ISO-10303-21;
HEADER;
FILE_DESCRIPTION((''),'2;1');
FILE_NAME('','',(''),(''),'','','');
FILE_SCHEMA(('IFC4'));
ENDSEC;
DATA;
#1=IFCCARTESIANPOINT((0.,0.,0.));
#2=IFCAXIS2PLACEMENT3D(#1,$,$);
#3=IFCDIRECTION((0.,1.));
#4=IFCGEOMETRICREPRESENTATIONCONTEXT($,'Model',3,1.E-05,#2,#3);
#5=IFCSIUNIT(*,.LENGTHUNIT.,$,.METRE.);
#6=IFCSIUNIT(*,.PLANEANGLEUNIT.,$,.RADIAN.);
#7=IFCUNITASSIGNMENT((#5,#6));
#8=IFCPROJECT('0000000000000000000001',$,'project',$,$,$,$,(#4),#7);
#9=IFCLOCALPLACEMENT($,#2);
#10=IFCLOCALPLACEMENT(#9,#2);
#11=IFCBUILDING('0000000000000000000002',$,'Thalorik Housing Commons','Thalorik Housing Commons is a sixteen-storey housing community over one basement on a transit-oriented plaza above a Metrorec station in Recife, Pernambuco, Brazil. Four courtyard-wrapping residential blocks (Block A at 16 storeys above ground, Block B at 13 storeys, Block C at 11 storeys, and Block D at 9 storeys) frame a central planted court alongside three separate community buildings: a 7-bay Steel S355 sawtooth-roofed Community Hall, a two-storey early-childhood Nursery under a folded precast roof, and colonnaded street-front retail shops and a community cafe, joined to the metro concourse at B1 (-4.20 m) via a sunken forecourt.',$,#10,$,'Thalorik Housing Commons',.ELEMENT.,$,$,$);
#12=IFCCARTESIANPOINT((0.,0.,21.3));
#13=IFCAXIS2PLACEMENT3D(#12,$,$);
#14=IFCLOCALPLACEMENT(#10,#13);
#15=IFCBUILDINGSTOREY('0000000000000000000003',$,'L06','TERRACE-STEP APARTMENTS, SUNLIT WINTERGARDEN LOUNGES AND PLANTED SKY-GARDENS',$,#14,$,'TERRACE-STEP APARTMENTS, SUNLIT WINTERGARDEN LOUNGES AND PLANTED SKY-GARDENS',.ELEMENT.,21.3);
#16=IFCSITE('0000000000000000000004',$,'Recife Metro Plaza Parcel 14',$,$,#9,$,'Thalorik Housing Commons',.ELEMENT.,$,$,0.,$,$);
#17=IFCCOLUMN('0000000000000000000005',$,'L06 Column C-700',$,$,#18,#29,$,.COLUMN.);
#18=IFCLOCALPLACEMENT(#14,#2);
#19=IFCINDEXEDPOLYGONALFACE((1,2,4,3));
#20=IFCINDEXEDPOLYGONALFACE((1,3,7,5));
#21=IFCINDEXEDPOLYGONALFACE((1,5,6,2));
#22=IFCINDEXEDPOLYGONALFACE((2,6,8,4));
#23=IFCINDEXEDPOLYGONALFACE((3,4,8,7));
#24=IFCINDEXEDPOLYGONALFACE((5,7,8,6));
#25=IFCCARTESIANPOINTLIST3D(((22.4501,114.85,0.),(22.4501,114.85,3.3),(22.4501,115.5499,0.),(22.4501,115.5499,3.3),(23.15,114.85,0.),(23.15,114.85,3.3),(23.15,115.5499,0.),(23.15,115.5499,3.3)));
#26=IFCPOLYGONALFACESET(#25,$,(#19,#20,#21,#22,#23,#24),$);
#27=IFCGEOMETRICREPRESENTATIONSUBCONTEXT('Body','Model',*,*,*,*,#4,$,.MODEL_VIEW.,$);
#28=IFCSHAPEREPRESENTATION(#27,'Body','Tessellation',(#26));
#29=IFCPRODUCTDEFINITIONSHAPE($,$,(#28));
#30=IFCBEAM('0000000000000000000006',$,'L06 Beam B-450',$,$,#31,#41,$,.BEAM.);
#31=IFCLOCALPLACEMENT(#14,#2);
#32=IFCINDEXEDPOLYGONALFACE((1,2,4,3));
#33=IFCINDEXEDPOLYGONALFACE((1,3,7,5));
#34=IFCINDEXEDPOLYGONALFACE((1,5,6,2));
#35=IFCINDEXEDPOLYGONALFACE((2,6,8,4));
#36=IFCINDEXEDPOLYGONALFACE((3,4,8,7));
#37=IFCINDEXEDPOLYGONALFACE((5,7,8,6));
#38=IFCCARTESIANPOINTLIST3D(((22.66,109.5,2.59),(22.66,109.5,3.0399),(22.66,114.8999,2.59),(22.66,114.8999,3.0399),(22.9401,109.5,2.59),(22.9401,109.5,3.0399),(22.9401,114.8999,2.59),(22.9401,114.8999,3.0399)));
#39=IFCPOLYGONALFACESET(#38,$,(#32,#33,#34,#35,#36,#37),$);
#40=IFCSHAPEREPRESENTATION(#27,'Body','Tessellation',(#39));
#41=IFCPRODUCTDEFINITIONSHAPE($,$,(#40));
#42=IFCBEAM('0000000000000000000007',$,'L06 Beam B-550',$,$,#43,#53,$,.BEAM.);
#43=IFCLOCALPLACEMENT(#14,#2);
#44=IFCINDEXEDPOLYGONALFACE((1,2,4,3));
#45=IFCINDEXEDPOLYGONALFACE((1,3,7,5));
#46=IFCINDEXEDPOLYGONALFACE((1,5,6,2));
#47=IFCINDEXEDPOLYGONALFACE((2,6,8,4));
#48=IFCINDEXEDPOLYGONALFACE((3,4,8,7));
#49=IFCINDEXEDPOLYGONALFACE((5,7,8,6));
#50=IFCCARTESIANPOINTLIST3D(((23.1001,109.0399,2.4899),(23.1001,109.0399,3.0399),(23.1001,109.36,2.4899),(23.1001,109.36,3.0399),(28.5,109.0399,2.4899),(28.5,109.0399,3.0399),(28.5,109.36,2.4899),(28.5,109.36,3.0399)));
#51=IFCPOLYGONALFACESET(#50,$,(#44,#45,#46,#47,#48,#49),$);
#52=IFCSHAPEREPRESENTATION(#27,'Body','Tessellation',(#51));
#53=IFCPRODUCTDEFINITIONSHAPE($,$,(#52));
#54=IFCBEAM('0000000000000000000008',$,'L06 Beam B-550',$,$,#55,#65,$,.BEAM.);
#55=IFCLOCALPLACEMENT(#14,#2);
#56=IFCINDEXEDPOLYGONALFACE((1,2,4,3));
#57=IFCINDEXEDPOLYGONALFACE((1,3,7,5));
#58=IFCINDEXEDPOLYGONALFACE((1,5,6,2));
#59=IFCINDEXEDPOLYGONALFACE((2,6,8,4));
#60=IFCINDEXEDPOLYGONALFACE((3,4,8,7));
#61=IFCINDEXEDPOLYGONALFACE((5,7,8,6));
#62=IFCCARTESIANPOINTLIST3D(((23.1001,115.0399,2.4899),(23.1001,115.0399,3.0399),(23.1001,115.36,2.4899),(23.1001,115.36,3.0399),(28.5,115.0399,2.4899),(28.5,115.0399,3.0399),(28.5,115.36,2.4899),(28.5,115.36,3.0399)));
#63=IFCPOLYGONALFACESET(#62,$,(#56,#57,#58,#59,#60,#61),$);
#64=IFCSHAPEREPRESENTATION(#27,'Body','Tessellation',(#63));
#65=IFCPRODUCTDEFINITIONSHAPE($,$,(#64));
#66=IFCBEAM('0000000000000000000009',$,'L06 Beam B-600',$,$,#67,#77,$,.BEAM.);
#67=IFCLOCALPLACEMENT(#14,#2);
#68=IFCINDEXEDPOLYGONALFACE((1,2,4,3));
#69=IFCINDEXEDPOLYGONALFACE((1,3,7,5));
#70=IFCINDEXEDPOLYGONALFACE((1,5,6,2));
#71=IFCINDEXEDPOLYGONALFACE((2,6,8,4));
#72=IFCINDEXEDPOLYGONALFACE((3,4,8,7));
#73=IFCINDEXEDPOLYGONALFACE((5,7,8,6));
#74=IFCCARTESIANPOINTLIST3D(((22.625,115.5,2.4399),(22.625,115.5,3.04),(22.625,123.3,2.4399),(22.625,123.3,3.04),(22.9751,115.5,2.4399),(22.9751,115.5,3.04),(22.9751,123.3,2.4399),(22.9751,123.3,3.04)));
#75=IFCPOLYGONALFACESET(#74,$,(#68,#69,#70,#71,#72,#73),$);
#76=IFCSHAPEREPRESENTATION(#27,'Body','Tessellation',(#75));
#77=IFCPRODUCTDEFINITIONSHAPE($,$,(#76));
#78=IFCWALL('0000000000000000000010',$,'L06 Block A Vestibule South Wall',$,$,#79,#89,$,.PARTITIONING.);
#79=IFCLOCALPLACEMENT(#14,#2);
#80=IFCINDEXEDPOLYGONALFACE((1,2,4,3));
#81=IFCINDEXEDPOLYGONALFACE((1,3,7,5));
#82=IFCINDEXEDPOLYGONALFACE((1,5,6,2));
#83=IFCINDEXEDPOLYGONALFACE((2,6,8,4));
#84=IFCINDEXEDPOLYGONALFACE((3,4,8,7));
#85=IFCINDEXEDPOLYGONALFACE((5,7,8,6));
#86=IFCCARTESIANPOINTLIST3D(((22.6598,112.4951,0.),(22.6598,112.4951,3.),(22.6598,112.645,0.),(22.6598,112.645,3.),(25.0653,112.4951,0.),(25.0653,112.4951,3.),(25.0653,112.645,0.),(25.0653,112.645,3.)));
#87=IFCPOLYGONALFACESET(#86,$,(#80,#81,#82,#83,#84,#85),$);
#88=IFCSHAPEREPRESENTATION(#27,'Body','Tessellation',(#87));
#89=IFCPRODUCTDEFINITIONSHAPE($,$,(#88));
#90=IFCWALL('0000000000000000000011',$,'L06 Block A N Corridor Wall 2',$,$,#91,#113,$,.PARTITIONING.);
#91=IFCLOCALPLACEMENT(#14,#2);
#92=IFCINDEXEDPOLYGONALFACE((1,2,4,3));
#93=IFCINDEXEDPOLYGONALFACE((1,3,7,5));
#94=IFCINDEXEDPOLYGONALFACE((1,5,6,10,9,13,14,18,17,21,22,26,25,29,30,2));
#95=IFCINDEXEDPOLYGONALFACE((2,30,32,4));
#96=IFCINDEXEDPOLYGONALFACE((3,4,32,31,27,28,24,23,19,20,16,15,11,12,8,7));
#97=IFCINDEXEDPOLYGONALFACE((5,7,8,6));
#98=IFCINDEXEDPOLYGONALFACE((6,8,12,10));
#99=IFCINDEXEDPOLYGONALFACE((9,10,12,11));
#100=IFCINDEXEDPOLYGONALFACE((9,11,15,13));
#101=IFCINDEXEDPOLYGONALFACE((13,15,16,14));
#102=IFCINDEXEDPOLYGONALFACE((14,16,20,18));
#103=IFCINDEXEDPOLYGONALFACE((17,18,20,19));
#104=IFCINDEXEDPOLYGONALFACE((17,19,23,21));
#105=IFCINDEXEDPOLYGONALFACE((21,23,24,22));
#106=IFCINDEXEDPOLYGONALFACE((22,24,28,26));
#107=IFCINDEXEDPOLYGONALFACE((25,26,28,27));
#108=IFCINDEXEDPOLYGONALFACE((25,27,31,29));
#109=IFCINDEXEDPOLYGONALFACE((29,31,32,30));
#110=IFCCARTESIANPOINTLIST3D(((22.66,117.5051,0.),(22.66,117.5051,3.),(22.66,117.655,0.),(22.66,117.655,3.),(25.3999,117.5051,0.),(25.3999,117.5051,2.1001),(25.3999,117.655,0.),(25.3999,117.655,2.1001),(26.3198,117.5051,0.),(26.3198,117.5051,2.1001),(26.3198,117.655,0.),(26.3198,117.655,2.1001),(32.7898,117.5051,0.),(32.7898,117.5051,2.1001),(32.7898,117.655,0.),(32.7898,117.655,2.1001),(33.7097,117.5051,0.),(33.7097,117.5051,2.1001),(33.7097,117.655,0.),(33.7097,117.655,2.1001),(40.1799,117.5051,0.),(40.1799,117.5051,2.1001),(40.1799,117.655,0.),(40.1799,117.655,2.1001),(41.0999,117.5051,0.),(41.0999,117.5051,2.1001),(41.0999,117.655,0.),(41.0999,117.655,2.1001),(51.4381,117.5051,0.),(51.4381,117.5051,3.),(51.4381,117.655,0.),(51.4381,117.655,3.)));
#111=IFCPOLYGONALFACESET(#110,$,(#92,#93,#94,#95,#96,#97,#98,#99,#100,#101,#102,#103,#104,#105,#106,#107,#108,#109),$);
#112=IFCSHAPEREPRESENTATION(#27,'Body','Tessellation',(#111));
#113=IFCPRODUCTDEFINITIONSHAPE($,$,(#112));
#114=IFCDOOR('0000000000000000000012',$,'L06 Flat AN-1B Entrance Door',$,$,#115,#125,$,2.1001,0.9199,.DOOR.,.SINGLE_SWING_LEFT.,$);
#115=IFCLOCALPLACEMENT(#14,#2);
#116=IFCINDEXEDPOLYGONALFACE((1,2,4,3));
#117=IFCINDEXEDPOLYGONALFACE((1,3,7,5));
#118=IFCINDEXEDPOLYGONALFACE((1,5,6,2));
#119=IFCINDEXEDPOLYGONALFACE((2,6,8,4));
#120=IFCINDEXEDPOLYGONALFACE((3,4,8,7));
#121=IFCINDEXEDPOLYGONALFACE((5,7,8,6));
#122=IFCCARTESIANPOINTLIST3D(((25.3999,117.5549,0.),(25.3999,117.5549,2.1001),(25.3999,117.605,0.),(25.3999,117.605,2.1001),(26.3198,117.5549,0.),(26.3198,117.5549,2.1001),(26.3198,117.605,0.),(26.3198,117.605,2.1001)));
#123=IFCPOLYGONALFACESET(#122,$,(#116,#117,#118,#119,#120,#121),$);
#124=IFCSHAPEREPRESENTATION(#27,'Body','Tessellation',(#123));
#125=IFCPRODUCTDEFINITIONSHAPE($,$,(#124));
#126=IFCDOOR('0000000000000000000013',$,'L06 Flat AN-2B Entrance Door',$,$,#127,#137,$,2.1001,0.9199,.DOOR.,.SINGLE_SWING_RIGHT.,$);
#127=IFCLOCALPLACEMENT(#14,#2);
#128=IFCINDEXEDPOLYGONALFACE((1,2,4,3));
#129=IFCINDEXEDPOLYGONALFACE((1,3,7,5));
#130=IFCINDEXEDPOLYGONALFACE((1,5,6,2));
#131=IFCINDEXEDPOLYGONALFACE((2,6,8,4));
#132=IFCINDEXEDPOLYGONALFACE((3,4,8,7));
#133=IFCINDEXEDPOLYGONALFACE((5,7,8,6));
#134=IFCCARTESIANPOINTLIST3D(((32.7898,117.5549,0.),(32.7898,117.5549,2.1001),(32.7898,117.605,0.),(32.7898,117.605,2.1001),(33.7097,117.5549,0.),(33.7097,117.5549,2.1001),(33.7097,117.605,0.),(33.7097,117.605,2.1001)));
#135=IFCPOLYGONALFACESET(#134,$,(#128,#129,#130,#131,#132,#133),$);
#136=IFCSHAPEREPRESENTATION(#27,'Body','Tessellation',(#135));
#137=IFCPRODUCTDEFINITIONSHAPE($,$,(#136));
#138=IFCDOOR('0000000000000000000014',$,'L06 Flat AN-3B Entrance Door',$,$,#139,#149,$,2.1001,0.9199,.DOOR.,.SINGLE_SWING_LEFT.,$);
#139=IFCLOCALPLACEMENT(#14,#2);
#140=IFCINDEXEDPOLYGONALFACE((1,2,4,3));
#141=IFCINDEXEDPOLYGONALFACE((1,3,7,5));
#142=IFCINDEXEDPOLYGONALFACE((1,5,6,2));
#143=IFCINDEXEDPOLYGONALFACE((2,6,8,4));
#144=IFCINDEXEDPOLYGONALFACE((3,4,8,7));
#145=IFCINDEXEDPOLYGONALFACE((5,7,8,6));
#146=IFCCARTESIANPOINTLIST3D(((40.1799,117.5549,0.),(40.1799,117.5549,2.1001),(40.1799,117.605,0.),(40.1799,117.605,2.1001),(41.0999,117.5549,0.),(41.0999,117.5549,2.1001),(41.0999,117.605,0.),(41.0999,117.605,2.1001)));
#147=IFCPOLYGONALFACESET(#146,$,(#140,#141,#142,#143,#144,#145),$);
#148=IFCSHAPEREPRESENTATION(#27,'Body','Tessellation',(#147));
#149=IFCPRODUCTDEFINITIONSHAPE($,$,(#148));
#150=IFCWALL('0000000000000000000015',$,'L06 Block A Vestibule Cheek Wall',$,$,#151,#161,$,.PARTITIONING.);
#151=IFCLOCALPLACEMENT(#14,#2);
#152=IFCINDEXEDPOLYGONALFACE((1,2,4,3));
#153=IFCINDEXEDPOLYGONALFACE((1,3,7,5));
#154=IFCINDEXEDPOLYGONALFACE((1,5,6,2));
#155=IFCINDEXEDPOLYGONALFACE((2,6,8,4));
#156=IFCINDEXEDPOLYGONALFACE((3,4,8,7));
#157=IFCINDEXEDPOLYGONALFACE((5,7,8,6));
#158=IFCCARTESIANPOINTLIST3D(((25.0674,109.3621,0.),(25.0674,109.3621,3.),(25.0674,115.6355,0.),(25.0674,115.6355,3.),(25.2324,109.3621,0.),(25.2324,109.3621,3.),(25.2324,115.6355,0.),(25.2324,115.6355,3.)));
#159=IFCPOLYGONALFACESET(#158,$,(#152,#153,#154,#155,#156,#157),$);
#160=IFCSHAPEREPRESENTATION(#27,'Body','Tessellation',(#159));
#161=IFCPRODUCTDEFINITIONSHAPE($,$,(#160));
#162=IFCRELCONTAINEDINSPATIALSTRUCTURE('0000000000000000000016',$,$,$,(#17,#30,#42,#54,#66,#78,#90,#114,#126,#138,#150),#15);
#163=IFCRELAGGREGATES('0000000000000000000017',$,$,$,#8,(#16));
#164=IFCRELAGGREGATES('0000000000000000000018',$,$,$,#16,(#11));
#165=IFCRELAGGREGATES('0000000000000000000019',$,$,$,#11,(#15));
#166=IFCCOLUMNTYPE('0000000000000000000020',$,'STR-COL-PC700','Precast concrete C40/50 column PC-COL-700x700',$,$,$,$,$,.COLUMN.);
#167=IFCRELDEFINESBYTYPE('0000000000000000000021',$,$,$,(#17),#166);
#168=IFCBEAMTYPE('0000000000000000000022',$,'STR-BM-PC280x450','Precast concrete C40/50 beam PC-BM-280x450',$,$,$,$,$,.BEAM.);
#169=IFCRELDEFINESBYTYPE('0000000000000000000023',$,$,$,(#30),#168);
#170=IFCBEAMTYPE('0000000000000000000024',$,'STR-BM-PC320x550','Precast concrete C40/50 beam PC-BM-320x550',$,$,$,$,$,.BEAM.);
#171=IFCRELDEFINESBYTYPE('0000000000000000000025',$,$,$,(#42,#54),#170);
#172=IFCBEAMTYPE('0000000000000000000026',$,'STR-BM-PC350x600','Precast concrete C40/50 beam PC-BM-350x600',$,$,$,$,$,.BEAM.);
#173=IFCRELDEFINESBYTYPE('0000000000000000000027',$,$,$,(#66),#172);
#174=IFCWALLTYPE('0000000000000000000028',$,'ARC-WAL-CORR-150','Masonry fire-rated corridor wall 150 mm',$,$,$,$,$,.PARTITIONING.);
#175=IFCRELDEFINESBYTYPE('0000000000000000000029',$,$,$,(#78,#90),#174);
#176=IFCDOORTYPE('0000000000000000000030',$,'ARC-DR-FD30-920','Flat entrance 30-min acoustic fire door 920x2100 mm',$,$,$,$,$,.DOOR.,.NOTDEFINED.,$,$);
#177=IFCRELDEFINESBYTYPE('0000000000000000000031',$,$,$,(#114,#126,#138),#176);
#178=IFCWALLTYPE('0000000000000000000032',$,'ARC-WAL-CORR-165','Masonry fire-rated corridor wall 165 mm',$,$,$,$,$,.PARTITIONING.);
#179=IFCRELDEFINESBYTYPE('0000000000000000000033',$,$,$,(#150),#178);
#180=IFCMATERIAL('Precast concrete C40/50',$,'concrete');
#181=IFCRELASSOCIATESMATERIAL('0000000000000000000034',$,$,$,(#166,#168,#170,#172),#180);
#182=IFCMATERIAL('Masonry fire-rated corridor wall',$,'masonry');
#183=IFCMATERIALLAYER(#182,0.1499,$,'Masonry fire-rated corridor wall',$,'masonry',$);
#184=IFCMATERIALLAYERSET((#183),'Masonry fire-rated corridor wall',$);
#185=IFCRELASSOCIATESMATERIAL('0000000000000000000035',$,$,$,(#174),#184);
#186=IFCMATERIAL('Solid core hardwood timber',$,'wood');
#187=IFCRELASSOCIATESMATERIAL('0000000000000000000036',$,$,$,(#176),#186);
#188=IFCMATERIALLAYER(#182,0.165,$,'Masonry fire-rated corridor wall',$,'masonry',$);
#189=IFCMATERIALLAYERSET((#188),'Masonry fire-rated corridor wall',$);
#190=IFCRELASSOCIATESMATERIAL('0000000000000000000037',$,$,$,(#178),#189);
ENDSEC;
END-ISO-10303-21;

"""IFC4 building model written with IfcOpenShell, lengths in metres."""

from ifc_helpers import new_model, si_unit, direction, frame, frame_2d, origin, origin_2d, place, context, subcontext, project, spatial, rectangle, extrude, material, layer, layer_set, material_profile, profile_set, type_object, element, fill, save


model = new_model("IFC4")

# Units and contexts
model_context = context("Model", 3, precision=1e-05, world=origin(), true_north=direction((0.0, 1.0)))
body_context = subcontext(model_context, "Body", "Model", "MODEL_VIEW")
ifc_project = project(units=[si_unit("LENGTHUNIT", "METRE"), si_unit("PLANEANGLEUNIT", "RADIAN")], contexts=[model_context])

# Site, building, storey
site_placement = place(None, origin())
site = spatial("IfcSite", under=ifc_project, at=site_placement, Name="Recife Metro Plaza Parcel 14", LongName="Thalorik Housing Commons", CompositionType="ELEMENT", RefElevation=0.0)
building_placement = place(site_placement, origin())
building = spatial("IfcBuilding", under=site, at=building_placement, Name="Thalorik Housing Commons", Description="Thalorik Housing Commons is a sixteen-storey housing community over one basement on a transit-oriented plaza above a Metrorec station in Recife, Pernambuco, Brazil. Four courtyard-wrapping residential blocks (Block A at 16 storeys above ground, Block B at 13 storeys, Block C at 11 storeys, and Block D at 9 storeys) frame a central planted court alongside three separate community buildings: a 7-bay Steel S355 sawtooth-roofed Community Hall, a two-storey early-childhood Nursery under a folded precast roof, and colonnaded street-front retail shops and a community cafe, joined to the metro concourse at B1 (-4.20 m) via a sunken forecourt.", LongName="Thalorik Housing Commons", CompositionType="ELEMENT")
storey_placement = place(building_placement, frame((0.0, 0.0, 21.3)))
storey = spatial("IfcBuildingStorey", under=building, at=storey_placement, Name="L06", Description="TERRACE-STEP APARTMENTS, SUNLIT WINTERGARDEN LOUNGES AND PLANTED SKY-GARDENS", LongName="TERRACE-STEP APARTMENTS, SUNLIT WINTERGARDEN LOUNGES AND PLANTED SKY-GARDENS", CompositionType="ELEMENT", Elevation=21.3)

# Column
ifc_material_1 = material(Name="Precast concrete C40/50", Category="concrete")
ifc_material_profile_1 = material_profile(ifc_material_1, rectangle(XDim=0.7, YDim=0.7, at=origin_2d()), Name="PC 700x700", Category="concrete")
ifc_profile_set_1 = profile_set([ifc_material_profile_1], Name="Precast concrete C40/50")
column_type = type_object("IfcColumnType", Name="STR-COL-PC700", Description="Precast concrete C40/50 column PC-COL-700x700", PredefinedType="COLUMN", material=ifc_profile_set_1)
column_placement = place(storey_placement, frame((22.8, 115.2, 0.0), z_axis=(0.0, 0.0, 1.0), x_axis=(1.0, 0.0, 0.0)))
element("IfcColumn", 1, at=column_placement, inside=storey, type_object=column_type, Name="L06 Column C-700", PredefinedType="COLUMN", context=body_context, shape_type="SweptSolid", body=[
    extrude(rectangle(XDim=0.7, YDim=0.7, at=origin_2d()), origin(), (0.0, 0.0, 1.0), 3.3),
])

# Beams
ifc_material_profile_2 = material_profile(ifc_material_1, rectangle(XDim=0.28, YDim=0.45, at=origin_2d()), Name="PC 280x450", Category="concrete")
ifc_profile_set_2 = profile_set([ifc_material_profile_2], Name="Precast concrete C40/50")
beam_type_1 = type_object("IfcBeamType", Name="STR-BM-PC280x450", Description="Precast concrete C40/50 beam PC-BM-280x450", PredefinedType="BEAM", material=ifc_profile_set_2)
beam_1_placement = place(storey_placement, frame((22.8, 109.5, 2.8149), z_axis=(0.0, 1.0, 0.0), x_axis=(-1.0, 0.0, 0.0)))
element("IfcBeam", 2, at=beam_1_placement, inside=storey, type_object=beam_type_1, Name="L06 Beam B-450", PredefinedType="BEAM", context=body_context, shape_type="SweptSolid", body=[
    extrude(rectangle(XDim=0.28, YDim=0.45, at=origin_2d()), origin(), (0.0, 0.0, 1.0), 5.3999),
])
ifc_material_profile_3 = material_profile(ifc_material_1, rectangle(XDim=0.3201, YDim=0.55, at=origin_2d()), Name="PC 320x550", Category="concrete")
ifc_profile_set_3 = profile_set([ifc_material_profile_3], Name="Precast concrete C40/50")
beam_type_2 = type_object("IfcBeamType", Name="STR-BM-PC320x550", Description="Precast concrete C40/50 beam PC-BM-320x550", PredefinedType="BEAM", material=ifc_profile_set_3)
for number, where, z_axis, x_axis, name in (
    (3, (23.1001, 109.2, 2.7649), (1.0, 0.0, 0.0), (0.0, 1.0, 0.0), "L06 Beam B-550"),
    (4, (23.1001, 115.2, 2.7649), (1.0, 0.0, 0.0), (0.0, 1.0, 0.0), "L06 Beam B-550"),
):
    element("IfcBeam", number, at=place(storey_placement, frame(where, z_axis=z_axis, x_axis=x_axis)), inside=storey, type_object=beam_type_2, Name=name, PredefinedType="BEAM", context=body_context, shape_type="SweptSolid", body=[
        extrude(rectangle(XDim=0.3201, YDim=0.55, at=origin_2d()), origin(), (0.0, 0.0, 1.0), 5.3999),
    ])
ifc_material_profile_4 = material_profile(ifc_material_1, rectangle(XDim=0.3501, YDim=0.6001, at=origin_2d()), Name="PC 350x600", Category="concrete")
ifc_profile_set_4 = profile_set([ifc_material_profile_4], Name="Precast concrete C40/50")
beam_type_3 = type_object("IfcBeamType", Name="STR-BM-PC350x600", Description="Precast concrete C40/50 beam PC-BM-350x600", PredefinedType="BEAM", material=ifc_profile_set_4)
beam_2_placement = place(storey_placement, frame((22.8, 115.5, 2.74), z_axis=(0.0, 1.0, 0.0), x_axis=(-1.0, 0.0, 0.0)))
element("IfcBeam", 5, at=beam_2_placement, inside=storey, type_object=beam_type_3, Name="L06 Beam B-600", PredefinedType="BEAM", context=body_context, shape_type="SweptSolid", body=[
    extrude(rectangle(XDim=0.3501, YDim=0.6001, at=origin_2d()), origin(), (0.0, 0.0, 1.0), 7.8),
])

# Wall
ifc_material_2 = material(Name="Masonry fire-rated corridor wall", Category="masonry")
ifc_layer_1 = layer(ifc_material_2, 0.1499, Name="Masonry fire-rated corridor wall", Category="masonry")
ifc_layer_set_1 = layer_set([ifc_layer_1], Name="Masonry fire-rated corridor wall")
wall_type_1 = type_object("IfcWallType", Name="ARC-WAL-CORR-150", Description="Masonry fire-rated corridor wall 150 mm", PredefinedType="PARTITIONING", material=ifc_layer_set_1)
wall_1_placement = place(storey_placement, frame((22.6599, 112.5701, 0.0), z_axis=(0.0, 0.0, 1.0), x_axis=(1.0, 0.0, 0.0)))
element("IfcWall", 6, at=wall_1_placement, inside=storey, type_object=wall_type_1, Name="L06 Block A Vestibule South Wall", PredefinedType="PARTITIONING", context=body_context, shape_type="SweptSolid", body=[
    extrude(rectangle(XDim=2.4055, YDim=0.1499, at=frame_2d((1.2026, 0.0))), origin(), (0.0, 0.0, 1.0), 3.0),
])

# Wall, openings, doors
wall_2_placement = place(storey_placement, frame((22.6599, 117.5801, 0.0), z_axis=(0.0, 0.0, 1.0), x_axis=(1.0, 0.0, 0.0)))
wall_2 = element("IfcWall", 7, at=wall_2_placement, inside=storey, type_object=wall_type_1, Name="L06 Block A N Corridor Wall 2", PredefinedType="PARTITIONING", context=body_context, shape_type="SweptSolid", body=[
    extrude(rectangle(XDim=28.7781, YDim=0.1499, at=frame_2d((14.3892, 0.0))), origin(), (0.0, 0.0, 1.0), 3.0),
])
opening_1_placement = place(wall_2_placement, frame((2.74, 0.0, 0.0)))
opening_1 = element("IfcOpeningElement", 8, at=opening_1_placement, cuts=wall_2, PredefinedType="OPENING", context=body_context, shape_type="SweptSolid", body=[
    extrude(rectangle(XDim=0.9199, YDim=2.1001, at=frame_2d((0.46, 1.05))), frame((0.0, 0.085, 0.0), z_axis=(0.0, -1.0, 0.0), x_axis=(1.0, 0.0, 0.0)), (0.0, 0.0, 1.0), 0.1699),
])
opening_2_placement = place(wall_2_placement, frame((10.1299, 0.0, 0.0)))
opening_2 = element("IfcOpeningElement", 9, at=opening_2_placement, cuts=wall_2, PredefinedType="OPENING", context=body_context, shape_type="SweptSolid", body=[
    extrude(rectangle(XDim=0.9199, YDim=2.1001, at=frame_2d((0.46, 1.05))), frame((0.0, 0.085, 0.0), z_axis=(0.0, -1.0, 0.0), x_axis=(1.0, 0.0, 0.0)), (0.0, 0.0, 1.0), 0.1699),
])
opening_3_placement = place(wall_2_placement, frame((17.52, 0.0, 0.0)))
opening_3 = element("IfcOpeningElement", 10, at=opening_3_placement, cuts=wall_2, PredefinedType="OPENING", context=body_context, shape_type="SweptSolid", body=[
    extrude(rectangle(XDim=0.9199, YDim=2.1001, at=frame_2d((0.46, 1.05))), frame((0.0, 0.085, 0.0), z_axis=(0.0, -1.0, 0.0), x_axis=(1.0, 0.0, 0.0)), (0.0, 0.0, 1.0), 0.1699),
])
ifc_material_3 = material(Name="Solid core hardwood timber", Category="wood")
door_type_1 = type_object("IfcDoorType", Name="ARC-DR-FD30-920", Description="Flat entrance 30-min acoustic fire door 920x2100 mm", OperationType="NOTDEFINED", PredefinedType="DOOR", material=ifc_material_3)
door_1_placement = place(opening_1_placement, origin())
door_1 = element("IfcDoor", 11, at=door_1_placement, inside=storey, type_object=door_type_1, Name="L06 Flat AN-1B Entrance Door", OperationType="SINGLE_SWING_LEFT", OverallHeight=2.1001, OverallWidth=0.9199, PredefinedType="DOOR", context=body_context, shape_type="SweptSolid", body=[
    extrude(rectangle(XDim=0.9199, YDim=2.1001, at=frame_2d((0.46, 1.05))), frame((0.0, 0.0249, 0.0), z_axis=(0.0, -1.0, 0.0), x_axis=(1.0, 0.0, 0.0)), (0.0, 0.0, 1.0), 0.05),
])
fill(opening_1, door_1)
door_2_placement = place(opening_2_placement, origin())
door_2 = element("IfcDoor", 12, at=door_2_placement, inside=storey, type_object=door_type_1, Name="L06 Flat AN-2B Entrance Door", OperationType="SINGLE_SWING_RIGHT", OverallHeight=2.1001, OverallWidth=0.9199, PredefinedType="DOOR", context=body_context, shape_type="SweptSolid", body=[
    extrude(rectangle(XDim=0.9199, YDim=2.1001, at=frame_2d((0.46, 1.05))), frame((0.0, 0.0249, 0.0), z_axis=(0.0, -1.0, 0.0), x_axis=(1.0, 0.0, 0.0)), (0.0, 0.0, 1.0), 0.05),
])
fill(opening_2, door_2)
door_3_placement = place(opening_3_placement, origin())
door_3 = element("IfcDoor", 13, at=door_3_placement, inside=storey, type_object=door_type_1, Name="L06 Flat AN-3B Entrance Door", OperationType="SINGLE_SWING_LEFT", OverallHeight=2.1001, OverallWidth=0.9199, PredefinedType="DOOR", context=body_context, shape_type="SweptSolid", body=[
    extrude(rectangle(XDim=0.9199, YDim=2.1001, at=frame_2d((0.46, 1.05))), frame((0.0, 0.0249, 0.0), z_axis=(0.0, -1.0, 0.0), x_axis=(1.0, 0.0, 0.0)), (0.0, 0.0, 1.0), 0.05),
])
fill(opening_3, door_3)

# Wall
ifc_layer_2 = layer(ifc_material_2, 0.165, Name="Masonry fire-rated corridor wall", Category="masonry")
ifc_layer_set_2 = layer_set([ifc_layer_2], Name="Masonry fire-rated corridor wall")
wall_type_2 = type_object("IfcWallType", Name="ARC-WAL-CORR-165", Description="Masonry fire-rated corridor wall 165 mm", PredefinedType="PARTITIONING", material=ifc_layer_set_2)
wall_3_placement = place(storey_placement, frame((25.1499, 109.3621, 0.0), z_axis=(0.0, 0.0, 1.0), x_axis=(0.0, 1.0, 0.0)))
element("IfcWall", 14, at=wall_3_placement, inside=storey, type_object=wall_type_2, Name="L06 Block A Vestibule Cheek Wall", PredefinedType="PARTITIONING", context=body_context, shape_type="SweptSolid", body=[
    extrude(rectangle(XDim=6.2734, YDim=0.165, at=frame_2d((3.1367, 0.0))), origin(), (0.0, 0.0, 1.0), 3.0),
])

save(model, "model.ifc")
